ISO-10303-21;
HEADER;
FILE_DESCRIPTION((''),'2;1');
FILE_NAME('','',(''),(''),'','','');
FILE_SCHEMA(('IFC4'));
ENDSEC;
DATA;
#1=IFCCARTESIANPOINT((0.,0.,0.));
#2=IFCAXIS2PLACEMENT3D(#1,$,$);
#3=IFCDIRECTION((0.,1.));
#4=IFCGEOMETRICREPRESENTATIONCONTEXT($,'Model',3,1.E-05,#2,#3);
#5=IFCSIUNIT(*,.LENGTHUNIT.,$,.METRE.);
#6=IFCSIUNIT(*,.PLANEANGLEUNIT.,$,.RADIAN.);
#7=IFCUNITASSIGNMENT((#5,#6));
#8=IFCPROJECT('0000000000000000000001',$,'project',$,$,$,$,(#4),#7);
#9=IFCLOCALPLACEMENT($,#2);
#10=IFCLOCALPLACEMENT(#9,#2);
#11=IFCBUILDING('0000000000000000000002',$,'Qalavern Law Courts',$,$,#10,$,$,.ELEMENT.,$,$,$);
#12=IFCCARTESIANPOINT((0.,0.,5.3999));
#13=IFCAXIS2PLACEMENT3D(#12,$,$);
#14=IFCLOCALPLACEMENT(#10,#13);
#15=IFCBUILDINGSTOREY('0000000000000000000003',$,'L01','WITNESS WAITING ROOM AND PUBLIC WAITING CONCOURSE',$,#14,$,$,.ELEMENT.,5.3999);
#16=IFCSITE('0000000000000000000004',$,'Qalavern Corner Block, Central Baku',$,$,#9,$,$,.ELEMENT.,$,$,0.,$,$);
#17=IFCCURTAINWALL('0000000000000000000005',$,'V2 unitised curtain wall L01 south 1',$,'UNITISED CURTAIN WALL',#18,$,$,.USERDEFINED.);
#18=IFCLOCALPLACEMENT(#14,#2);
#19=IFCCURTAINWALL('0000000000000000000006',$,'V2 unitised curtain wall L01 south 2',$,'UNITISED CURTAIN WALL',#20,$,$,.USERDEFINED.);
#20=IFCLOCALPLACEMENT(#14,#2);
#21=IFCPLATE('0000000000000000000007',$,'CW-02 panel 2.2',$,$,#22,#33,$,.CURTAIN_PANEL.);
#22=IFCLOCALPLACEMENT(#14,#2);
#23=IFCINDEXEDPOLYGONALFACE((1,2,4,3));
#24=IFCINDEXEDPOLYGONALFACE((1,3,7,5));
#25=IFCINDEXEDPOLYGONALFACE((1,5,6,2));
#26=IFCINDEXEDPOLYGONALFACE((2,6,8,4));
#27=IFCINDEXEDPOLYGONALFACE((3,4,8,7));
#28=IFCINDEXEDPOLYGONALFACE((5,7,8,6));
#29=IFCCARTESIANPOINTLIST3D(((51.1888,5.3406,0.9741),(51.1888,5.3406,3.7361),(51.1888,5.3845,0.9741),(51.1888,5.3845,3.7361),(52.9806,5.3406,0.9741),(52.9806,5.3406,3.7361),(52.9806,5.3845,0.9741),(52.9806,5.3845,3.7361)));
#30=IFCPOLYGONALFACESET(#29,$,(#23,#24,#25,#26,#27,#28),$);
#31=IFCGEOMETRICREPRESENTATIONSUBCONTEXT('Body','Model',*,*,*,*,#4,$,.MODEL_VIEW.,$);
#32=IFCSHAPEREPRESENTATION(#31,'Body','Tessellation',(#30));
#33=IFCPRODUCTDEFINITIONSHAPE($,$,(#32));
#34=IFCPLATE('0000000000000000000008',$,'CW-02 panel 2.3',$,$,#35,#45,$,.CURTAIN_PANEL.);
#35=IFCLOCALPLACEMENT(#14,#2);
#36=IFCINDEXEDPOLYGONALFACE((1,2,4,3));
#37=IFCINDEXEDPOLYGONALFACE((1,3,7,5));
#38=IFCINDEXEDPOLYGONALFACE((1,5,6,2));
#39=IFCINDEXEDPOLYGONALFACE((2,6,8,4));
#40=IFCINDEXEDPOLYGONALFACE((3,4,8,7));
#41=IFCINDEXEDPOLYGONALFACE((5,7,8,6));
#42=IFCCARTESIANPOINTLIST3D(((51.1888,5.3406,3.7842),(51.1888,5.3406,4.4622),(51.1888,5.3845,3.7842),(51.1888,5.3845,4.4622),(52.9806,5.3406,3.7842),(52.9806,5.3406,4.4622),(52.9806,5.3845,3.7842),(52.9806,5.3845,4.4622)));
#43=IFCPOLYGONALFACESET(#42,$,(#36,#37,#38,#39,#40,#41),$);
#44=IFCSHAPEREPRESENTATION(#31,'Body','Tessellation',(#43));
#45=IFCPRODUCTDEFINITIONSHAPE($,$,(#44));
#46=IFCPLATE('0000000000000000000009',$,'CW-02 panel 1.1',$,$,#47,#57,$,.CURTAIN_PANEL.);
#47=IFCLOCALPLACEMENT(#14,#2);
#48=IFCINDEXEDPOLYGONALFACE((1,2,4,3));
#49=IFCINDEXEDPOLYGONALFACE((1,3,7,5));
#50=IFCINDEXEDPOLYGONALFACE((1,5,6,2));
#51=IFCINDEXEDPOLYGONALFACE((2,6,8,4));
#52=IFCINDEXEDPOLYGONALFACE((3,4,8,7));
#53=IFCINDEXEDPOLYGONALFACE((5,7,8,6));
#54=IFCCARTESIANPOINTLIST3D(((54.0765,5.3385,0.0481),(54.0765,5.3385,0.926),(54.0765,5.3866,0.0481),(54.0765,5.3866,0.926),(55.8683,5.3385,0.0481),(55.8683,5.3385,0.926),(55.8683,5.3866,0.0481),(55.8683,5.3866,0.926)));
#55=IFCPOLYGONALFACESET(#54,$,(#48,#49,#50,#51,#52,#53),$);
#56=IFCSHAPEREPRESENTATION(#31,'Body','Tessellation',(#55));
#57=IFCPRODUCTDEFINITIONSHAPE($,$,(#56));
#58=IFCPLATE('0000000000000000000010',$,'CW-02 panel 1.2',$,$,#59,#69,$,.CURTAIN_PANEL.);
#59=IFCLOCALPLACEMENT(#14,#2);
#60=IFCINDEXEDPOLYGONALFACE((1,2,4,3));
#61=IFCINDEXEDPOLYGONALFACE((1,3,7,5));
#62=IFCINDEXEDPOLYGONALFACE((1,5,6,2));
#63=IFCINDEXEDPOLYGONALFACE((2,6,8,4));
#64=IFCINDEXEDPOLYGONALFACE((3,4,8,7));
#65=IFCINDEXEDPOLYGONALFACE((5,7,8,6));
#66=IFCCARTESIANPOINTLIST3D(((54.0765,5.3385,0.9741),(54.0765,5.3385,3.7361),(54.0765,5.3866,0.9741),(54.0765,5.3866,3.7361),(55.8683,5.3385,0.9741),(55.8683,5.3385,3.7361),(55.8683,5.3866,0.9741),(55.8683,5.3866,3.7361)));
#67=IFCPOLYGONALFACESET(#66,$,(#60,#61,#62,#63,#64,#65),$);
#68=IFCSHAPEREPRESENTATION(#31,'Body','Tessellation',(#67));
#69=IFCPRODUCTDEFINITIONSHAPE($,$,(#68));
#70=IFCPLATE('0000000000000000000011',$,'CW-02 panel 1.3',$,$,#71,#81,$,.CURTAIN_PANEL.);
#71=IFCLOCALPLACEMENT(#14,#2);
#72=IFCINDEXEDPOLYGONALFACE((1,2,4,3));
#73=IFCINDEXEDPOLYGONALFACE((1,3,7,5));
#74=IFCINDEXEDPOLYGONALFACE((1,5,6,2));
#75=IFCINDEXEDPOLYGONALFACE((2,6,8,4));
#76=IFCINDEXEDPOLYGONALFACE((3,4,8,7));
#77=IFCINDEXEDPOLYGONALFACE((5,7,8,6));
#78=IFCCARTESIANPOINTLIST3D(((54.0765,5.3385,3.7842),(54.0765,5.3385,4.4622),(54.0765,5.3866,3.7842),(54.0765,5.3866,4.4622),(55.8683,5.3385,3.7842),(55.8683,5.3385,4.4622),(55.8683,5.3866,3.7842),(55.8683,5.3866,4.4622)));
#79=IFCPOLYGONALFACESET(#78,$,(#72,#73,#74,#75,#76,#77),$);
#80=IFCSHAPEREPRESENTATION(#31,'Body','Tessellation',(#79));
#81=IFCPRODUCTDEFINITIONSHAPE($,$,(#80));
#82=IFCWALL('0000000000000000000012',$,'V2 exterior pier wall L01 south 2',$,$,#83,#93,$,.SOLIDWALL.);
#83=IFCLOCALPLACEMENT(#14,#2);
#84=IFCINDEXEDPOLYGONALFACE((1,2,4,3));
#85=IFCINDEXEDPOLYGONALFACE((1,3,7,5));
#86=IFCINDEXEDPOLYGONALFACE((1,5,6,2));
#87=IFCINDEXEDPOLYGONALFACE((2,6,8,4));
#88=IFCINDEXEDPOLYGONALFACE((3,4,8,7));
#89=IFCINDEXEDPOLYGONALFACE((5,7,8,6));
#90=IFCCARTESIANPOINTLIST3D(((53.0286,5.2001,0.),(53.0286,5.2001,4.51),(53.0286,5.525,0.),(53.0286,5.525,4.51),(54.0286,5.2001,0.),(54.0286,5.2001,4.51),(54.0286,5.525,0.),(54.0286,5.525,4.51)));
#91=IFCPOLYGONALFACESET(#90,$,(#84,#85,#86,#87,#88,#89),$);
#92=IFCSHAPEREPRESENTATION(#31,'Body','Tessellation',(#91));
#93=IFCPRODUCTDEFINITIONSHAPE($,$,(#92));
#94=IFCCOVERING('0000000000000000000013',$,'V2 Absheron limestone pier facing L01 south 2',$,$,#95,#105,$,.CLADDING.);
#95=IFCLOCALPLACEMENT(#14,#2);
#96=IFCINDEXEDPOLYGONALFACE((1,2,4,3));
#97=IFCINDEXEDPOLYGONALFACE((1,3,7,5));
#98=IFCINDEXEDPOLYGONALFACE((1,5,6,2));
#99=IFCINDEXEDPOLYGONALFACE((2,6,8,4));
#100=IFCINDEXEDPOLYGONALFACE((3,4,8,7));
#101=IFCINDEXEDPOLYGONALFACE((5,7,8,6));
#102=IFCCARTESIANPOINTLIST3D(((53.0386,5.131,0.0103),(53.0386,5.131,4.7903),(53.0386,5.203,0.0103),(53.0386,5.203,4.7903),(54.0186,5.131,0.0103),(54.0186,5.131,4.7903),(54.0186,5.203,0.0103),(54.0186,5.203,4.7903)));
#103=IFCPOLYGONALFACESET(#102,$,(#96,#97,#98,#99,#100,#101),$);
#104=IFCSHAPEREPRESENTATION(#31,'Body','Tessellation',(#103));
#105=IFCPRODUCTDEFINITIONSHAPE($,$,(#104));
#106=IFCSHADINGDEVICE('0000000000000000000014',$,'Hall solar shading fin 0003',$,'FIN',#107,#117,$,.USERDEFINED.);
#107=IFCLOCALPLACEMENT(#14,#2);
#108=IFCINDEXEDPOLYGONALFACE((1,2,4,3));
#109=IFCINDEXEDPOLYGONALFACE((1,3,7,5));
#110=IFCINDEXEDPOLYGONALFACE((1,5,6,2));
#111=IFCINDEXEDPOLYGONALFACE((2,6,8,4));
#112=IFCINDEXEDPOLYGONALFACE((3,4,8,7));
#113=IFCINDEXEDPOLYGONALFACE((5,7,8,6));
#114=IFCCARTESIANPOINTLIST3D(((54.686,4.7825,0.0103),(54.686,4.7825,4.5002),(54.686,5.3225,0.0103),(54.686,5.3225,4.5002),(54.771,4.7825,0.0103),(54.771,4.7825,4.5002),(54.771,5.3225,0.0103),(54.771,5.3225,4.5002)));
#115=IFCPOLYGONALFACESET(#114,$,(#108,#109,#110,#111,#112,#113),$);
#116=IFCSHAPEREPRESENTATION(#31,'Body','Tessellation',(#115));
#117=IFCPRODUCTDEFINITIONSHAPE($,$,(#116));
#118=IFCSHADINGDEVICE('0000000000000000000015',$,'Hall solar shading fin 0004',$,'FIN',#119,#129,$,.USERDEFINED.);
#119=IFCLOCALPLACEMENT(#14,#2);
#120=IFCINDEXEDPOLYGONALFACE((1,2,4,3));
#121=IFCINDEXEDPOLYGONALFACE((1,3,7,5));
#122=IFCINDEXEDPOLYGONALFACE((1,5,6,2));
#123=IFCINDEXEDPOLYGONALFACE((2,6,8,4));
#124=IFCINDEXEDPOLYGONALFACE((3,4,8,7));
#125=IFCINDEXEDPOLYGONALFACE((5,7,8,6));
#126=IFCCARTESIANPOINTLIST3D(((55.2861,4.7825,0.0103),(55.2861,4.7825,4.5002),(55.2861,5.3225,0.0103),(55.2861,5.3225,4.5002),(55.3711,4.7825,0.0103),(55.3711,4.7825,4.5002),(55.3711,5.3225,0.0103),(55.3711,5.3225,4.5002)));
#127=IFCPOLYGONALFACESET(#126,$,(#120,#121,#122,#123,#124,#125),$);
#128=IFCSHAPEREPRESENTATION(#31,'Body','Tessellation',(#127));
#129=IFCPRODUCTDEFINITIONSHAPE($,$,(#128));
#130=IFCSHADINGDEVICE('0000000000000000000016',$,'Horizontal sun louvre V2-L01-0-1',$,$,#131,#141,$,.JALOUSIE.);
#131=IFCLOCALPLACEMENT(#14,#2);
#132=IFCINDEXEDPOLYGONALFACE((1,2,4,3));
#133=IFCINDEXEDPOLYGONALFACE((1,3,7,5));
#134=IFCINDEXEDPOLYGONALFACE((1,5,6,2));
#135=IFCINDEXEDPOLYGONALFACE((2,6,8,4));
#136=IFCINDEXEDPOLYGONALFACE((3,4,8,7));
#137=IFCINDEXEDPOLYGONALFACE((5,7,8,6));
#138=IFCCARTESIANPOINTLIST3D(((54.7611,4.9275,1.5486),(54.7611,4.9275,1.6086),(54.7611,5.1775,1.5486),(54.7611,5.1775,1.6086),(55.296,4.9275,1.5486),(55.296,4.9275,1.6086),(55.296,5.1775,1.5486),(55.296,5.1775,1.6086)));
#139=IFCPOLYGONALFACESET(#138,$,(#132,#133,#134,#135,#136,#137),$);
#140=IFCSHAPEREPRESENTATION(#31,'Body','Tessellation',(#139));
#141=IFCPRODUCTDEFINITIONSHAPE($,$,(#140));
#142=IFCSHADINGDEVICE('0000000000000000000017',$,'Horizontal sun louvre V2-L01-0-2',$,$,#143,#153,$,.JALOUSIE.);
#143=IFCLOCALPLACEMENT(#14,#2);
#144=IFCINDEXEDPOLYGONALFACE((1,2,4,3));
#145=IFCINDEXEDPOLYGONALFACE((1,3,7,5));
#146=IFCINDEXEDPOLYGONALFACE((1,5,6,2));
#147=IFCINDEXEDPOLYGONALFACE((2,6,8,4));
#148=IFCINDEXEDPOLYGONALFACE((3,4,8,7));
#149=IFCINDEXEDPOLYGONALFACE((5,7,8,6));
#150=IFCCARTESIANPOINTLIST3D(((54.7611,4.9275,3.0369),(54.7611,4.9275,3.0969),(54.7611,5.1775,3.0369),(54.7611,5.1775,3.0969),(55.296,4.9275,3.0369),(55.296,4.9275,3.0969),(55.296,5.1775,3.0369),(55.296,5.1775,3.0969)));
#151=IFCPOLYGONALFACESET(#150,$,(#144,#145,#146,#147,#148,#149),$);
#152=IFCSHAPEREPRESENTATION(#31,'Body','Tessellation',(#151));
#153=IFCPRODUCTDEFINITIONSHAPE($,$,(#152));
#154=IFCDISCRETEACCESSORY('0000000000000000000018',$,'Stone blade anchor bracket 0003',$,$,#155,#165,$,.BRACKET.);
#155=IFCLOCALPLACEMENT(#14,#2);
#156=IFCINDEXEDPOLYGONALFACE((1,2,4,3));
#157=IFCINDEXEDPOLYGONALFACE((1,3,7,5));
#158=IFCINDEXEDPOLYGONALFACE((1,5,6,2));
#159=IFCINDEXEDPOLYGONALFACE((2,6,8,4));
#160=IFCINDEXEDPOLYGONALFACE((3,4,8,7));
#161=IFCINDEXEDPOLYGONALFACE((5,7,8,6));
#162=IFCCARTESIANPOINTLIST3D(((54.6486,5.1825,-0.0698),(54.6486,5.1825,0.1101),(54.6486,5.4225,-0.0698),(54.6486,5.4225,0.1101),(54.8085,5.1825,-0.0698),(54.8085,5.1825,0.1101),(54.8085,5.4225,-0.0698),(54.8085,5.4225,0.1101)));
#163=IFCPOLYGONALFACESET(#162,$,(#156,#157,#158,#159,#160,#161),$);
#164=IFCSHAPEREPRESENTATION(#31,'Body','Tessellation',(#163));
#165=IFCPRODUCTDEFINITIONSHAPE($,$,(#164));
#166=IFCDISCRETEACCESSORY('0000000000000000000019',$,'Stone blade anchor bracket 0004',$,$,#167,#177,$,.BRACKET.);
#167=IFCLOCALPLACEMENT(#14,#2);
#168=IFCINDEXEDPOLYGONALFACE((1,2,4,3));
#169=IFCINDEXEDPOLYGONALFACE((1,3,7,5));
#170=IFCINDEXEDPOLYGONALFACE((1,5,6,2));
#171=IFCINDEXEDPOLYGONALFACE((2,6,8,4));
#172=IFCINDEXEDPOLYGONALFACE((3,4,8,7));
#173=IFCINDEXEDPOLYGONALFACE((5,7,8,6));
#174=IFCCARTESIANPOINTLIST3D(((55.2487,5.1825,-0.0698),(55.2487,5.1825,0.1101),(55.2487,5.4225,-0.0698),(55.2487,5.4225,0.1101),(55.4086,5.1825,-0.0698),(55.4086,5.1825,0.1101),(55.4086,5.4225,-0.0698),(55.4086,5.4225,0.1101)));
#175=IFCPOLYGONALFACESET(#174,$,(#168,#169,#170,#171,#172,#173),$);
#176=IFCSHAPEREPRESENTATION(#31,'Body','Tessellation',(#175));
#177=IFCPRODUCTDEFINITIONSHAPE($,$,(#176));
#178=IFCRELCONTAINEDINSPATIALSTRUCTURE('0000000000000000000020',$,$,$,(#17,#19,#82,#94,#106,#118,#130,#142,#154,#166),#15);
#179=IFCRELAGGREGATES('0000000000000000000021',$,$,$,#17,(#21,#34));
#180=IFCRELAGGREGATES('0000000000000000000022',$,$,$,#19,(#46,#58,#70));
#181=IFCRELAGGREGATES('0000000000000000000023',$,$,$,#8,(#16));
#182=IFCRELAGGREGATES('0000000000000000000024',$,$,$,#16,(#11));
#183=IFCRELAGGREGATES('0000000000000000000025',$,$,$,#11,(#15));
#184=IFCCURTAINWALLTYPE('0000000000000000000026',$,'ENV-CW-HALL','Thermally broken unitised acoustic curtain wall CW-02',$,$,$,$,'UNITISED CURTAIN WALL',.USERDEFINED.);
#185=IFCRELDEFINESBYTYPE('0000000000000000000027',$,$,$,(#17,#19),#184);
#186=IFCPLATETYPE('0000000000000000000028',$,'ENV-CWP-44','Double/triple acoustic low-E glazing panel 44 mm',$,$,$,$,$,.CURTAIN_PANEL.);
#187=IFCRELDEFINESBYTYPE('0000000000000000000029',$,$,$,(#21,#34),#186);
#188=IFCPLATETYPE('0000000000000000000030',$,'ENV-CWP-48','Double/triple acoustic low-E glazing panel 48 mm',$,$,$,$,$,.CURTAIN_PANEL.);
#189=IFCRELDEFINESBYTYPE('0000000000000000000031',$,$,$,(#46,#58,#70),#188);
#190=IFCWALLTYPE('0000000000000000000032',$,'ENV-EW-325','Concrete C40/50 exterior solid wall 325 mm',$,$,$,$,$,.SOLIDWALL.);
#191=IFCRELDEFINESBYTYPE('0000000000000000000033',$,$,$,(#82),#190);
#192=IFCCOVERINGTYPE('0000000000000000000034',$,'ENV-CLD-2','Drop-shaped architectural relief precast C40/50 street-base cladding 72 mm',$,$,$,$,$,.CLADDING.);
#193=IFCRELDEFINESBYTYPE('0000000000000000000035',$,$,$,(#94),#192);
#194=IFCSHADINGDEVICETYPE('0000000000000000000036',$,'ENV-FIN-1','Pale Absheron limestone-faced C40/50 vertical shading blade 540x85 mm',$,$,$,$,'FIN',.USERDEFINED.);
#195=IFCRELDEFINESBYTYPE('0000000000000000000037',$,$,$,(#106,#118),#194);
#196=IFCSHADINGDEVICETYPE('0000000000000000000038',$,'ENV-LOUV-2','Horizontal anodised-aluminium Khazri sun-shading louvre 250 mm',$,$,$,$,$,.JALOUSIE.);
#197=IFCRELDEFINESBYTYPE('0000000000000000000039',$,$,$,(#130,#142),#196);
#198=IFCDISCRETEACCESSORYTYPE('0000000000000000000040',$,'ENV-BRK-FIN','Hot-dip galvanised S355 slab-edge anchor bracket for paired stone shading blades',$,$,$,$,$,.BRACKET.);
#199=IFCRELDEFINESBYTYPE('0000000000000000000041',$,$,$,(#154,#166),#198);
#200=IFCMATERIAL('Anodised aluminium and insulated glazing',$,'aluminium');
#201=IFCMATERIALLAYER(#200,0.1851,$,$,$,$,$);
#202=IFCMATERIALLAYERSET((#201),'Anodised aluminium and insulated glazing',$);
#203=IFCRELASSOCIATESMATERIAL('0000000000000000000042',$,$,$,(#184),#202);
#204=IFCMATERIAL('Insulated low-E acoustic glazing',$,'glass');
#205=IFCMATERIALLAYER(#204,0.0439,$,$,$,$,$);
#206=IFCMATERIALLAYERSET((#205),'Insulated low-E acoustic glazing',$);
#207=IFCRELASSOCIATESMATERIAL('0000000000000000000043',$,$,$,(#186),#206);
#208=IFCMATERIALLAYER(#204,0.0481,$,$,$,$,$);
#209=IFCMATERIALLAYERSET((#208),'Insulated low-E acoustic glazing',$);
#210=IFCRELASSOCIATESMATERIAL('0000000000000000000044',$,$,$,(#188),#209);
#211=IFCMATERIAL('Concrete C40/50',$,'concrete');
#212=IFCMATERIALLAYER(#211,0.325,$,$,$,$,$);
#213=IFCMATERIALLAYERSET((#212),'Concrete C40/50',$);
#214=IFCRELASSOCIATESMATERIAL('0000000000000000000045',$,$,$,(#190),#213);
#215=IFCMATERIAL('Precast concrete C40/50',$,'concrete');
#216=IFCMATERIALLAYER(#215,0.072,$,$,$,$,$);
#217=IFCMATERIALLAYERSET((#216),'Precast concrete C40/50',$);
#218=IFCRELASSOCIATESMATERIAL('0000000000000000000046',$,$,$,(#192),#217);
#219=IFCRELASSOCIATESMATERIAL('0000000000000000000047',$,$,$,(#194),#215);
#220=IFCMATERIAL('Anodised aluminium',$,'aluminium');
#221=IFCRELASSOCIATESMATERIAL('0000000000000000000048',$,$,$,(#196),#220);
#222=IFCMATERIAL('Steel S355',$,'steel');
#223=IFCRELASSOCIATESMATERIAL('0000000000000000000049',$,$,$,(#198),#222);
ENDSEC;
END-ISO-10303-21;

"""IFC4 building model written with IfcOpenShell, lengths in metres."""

from ifc_helpers import new_model, si_unit, direction, frame, frame_2d, origin, origin_2d, place, context, subcontext, project, spatial, rectangle, extrude, material, layer, layer_set, type_object, element, aggregate, save


model = new_model("IFC4")

# Units and contexts
model_context = context("Model", 3, precision=1e-05, world=origin(), true_north=direction((0.0, 1.0)))
body_context = subcontext(model_context, "Body", "Model", "MODEL_VIEW")
ifc_project = project(units=[si_unit("LENGTHUNIT", "METRE"), si_unit("PLANEANGLEUNIT", "RADIAN")], contexts=[model_context])

# Site, building, storey
site_placement = place(None, origin())
site = spatial("IfcSite", under=ifc_project, at=site_placement, Name="Qalavern Corner Block, Central Baku", CompositionType="ELEMENT", RefElevation=0.0)
building_placement = place(site_placement, origin())
building = spatial("IfcBuilding", under=site, at=building_placement, Name="Qalavern Law Courts", CompositionType="ELEMENT")
storey_placement = place(building_placement, frame((0.0, 0.0, 5.3999)))
storey = spatial("IfcBuildingStorey", under=building, at=storey_placement, Name="L01", Description="WITNESS WAITING ROOM AND PUBLIC WAITING CONCOURSE", CompositionType="ELEMENT", Elevation=5.3999)

# Curtain wall
ifc_material_1 = material(Name="Anodised aluminium and insulated glazing", Category="aluminium")
ifc_layer_1 = layer(ifc_material_1, 0.1851)
ifc_layer_set_1 = layer_set([ifc_layer_1], Name="Anodised aluminium and insulated glazing")
curtain_wall_type = type_object("IfcCurtainWallType", Name="ENV-CW-HALL", Description="Thermally broken unitised acoustic curtain wall CW-02", ElementType="UNITISED CURTAIN WALL", PredefinedType="USERDEFINED", material=ifc_layer_set_1)
curtain_wall_1_placement = place(storey_placement, origin())
curtain_wall_1 = element("IfcCurtainWall", 1, at=curtain_wall_1_placement, inside=storey, type_object=curtain_wall_type, Name="V2 unitised curtain wall L01 south 1", ObjectType="UNITISED CURTAIN WALL", PredefinedType="USERDEFINED")
ifc_material_2 = material(Name="Anodised aluminium", Category="aluminium")

# Curtain wall
curtain_wall_2_placement = place(storey_placement, origin())
curtain_wall_2 = element("IfcCurtainWall", 2, at=curtain_wall_2_placement, inside=storey, type_object=curtain_wall_type, Name="V2 unitised curtain wall L01 south 2", ObjectType="UNITISED CURTAIN WALL", PredefinedType="USERDEFINED")

# Shared definitions
ifc_material_3 = material(Name="Steel S355", Category="steel")
ifc_material_4 = material(Name="Concrete C40/50", Category="concrete")

# Plates
ifc_material_5 = material(Name="Insulated low-E acoustic glazing", Category="glass")
ifc_layer_2 = layer(ifc_material_5, 0.0439)
ifc_layer_set_2 = layer_set([ifc_layer_2], Name="Insulated low-E acoustic glazing")
plate_type_1 = type_object("IfcPlateType", Name="ENV-CWP-44", Description="Double/triple acoustic low-E glazing panel 44 mm", PredefinedType="CURTAIN_PANEL", material=ifc_layer_set_2)
plate_1_placement = place(storey_placement, frame((52.0847, 5.3625, 0.9741), z_axis=(0.0, 0.0, 1.0), x_axis=(1.0, 0.0, 0.0)))
plate_1 = element("IfcPlate", 3, at=plate_1_placement, type_object=plate_type_1, Name="CW-02 panel 2.2", PredefinedType="CURTAIN_PANEL", context=body_context, shape_type="SweptSolid", body=[
    extrude(rectangle(XDim=1.7917, YDim=0.0439, at=origin_2d()), origin(), (0.0, 0.0, 1.0), 2.762),
])
plate_2_placement = place(storey_placement, frame((52.0847, 5.3625, 3.7842), z_axis=(0.0, 0.0, 1.0), x_axis=(1.0, 0.0, 0.0)))
plate_2 = element("IfcPlate", 4, at=plate_2_placement, type_object=plate_type_1, Name="CW-02 panel 2.3", PredefinedType="CURTAIN_PANEL", context=body_context, shape_type="SweptSolid", body=[
    extrude(rectangle(XDim=1.7917, YDim=0.0439, at=origin_2d()), origin(), (0.0, 0.0, 1.0), 0.678),
])
aggregate(curtain_wall_1, [plate_1, plate_2])
ifc_layer_3 = layer(ifc_material_5, 0.0481)
ifc_layer_set_3 = layer_set([ifc_layer_3], Name="Insulated low-E acoustic glazing")
plate_type_2 = type_object("IfcPlateType", Name="ENV-CWP-48", Description="Double/triple acoustic low-E glazing panel 48 mm", PredefinedType="CURTAIN_PANEL", material=ifc_layer_set_3)
plate_3_placement = place(storey_placement, frame((54.9724, 5.3625, 0.0481), z_axis=(0.0, 0.0, 1.0), x_axis=(1.0, 0.0, 0.0)))
plate_3 = element("IfcPlate", 5, at=plate_3_placement, type_object=plate_type_2, Name="CW-02 panel 1.1", PredefinedType="CURTAIN_PANEL", context=body_context, shape_type="SweptSolid", body=[
    extrude(rectangle(XDim=1.7917, YDim=0.0481, at=origin_2d()), origin(), (0.0, 0.0, 1.0), 0.8779),
])
plate_4_placement = place(storey_placement, frame((54.9724, 5.3625, 0.9741), z_axis=(0.0, 0.0, 1.0), x_axis=(1.0, 0.0, 0.0)))
plate_4 = element("IfcPlate", 6, at=plate_4_placement, type_object=plate_type_2, Name="CW-02 panel 1.2", PredefinedType="CURTAIN_PANEL", context=body_context, shape_type="SweptSolid", body=[
    extrude(rectangle(XDim=1.7917, YDim=0.0481, at=origin_2d()), origin(), (0.0, 0.0, 1.0), 2.762),
])
plate_5_placement = place(storey_placement, frame((54.9724, 5.3625, 3.7842), z_axis=(0.0, 0.0, 1.0), x_axis=(1.0, 0.0, 0.0)))
plate_5 = element("IfcPlate", 7, at=plate_5_placement, type_object=plate_type_2, Name="CW-02 panel 1.3", PredefinedType="CURTAIN_PANEL", context=body_context, shape_type="SweptSolid", body=[
    extrude(rectangle(XDim=1.7917, YDim=0.0481, at=origin_2d()), origin(), (0.0, 0.0, 1.0), 0.678),
])
aggregate(curtain_wall_2, [plate_3, plate_4, plate_5])

# Wall
ifc_layer_4 = layer(ifc_material_4, 0.325)
ifc_layer_set_4 = layer_set([ifc_layer_4], Name="Concrete C40/50")
wall_type = type_object("IfcWallType", Name="ENV-EW-325", Description="Concrete C40/50 exterior solid wall 325 mm", PredefinedType="SOLIDWALL", material=ifc_layer_set_4)
wall_placement = place(storey_placement, frame((53.0286, 5.3625, 0.0), z_axis=(0.0, 0.0, 1.0), x_axis=(1.0, 0.0, 0.0)))
element("IfcWall", 8, at=wall_placement, inside=storey, type_object=wall_type, Name="V2 exterior pier wall L01 south 2", PredefinedType="SOLIDWALL", context=body_context, shape_type="SweptSolid", body=[
    extrude(rectangle(XDim=1.0, YDim=0.325, at=frame_2d((0.5, 0.0))), origin(), (0.0, 0.0, 1.0), 4.51),
])

# Covering
ifc_material_6 = material(Name="Precast concrete C40/50", Category="concrete")
ifc_layer_5 = layer(ifc_material_6, 0.072)
ifc_layer_set_5 = layer_set([ifc_layer_5], Name="Precast concrete C40/50")
covering_type = type_object("IfcCoveringType", Name="ENV-CLD-2", Description="Drop-shaped architectural relief precast C40/50 street-base cladding 72 mm", PredefinedType="CLADDING", material=ifc_layer_set_5)
covering_placement = place(storey_placement, frame((53.5286, 5.167, 0.0103), z_axis=(0.0, 0.0, 1.0), x_axis=(1.0, 0.0, 0.0)))
element("IfcCovering", 9, at=covering_placement, inside=storey, type_object=covering_type, Name="V2 Absheron limestone pier facing L01 south 2", PredefinedType="CLADDING", context=body_context, shape_type="SweptSolid", body=[
    extrude(rectangle(XDim=0.98, YDim=0.072, at=origin_2d()), origin(), (0.0, 0.0, 1.0), 4.78),
])

# Shading devices
shading_device_type_1 = type_object("IfcShadingDeviceType", Name="ENV-FIN-1", Description="Pale Absheron limestone-faced C40/50 vertical shading blade 540x85 mm", ElementType="FIN", PredefinedType="USERDEFINED", material=ifc_material_6)
for number, where, z_axis, x_axis, name in (
    (10, (54.7285, 5.0525, 0.0103), (0.0, 0.0, 1.0), (0.0, -1.0, 0.0), "Hall solar shading fin 0003"),
    (11, (55.3286, 5.0525, 0.0103), (0.0, 0.0, 1.0), (0.0, -1.0, 0.0), "Hall solar shading fin 0004"),
):
    element("IfcShadingDevice", number, at=place(storey_placement, frame(where, z_axis=z_axis, x_axis=x_axis)), inside=storey, type_object=shading_device_type_1, Name=name, ObjectType="FIN", PredefinedType="USERDEFINED", context=body_context, shape_type="SweptSolid", body=[
        extrude(rectangle(XDim=0.54, YDim=0.085, at=origin_2d()), origin(), (0.0, 0.0, 1.0), 4.49),
    ])
shading_device_type_2 = type_object("IfcShadingDeviceType", Name="ENV-LOUV-2", Description="Horizontal anodised-aluminium Khazri sun-shading louvre 250 mm", PredefinedType="JALOUSIE", material=ifc_material_2)
for number, where, z_axis, x_axis, name in (
    (12, (55.0286, 5.0525, 1.5486), (0.0, 0.0, 1.0), (1.0, 0.0, 0.0), "Horizontal sun louvre V2-L01-0-1"),
    (13, (55.0286, 5.0525, 3.0369), (0.0, 0.0, 1.0), (1.0, 0.0, 0.0), "Horizontal sun louvre V2-L01-0-2"),
):
    element("IfcShadingDevice", number, at=place(storey_placement, frame(where, z_axis=z_axis, x_axis=x_axis)), inside=storey, type_object=shading_device_type_2, Name=name, PredefinedType="JALOUSIE", context=body_context, shape_type="SweptSolid", body=[
        extrude(rectangle(XDim=0.5349, YDim=0.25, at=origin_2d()), origin(), (0.0, 0.0, 1.0), 0.0601),
    ])

# Discrete accessories
discrete_accessory_type = type_object("IfcDiscreteAccessoryType", Name="ENV-BRK-FIN", Description="Hot-dip galvanised S355 slab-edge anchor bracket for paired stone shading blades", PredefinedType="BRACKET", material=ifc_material_3)
for number, where, z_axis, x_axis, name in (
    (14, (54.7285, 5.3025, -0.0698), (0.0, 0.0, 1.0), (0.0, -1.0, 0.0), "Stone blade anchor bracket 0003"),
    (15, (55.3286, 5.3025, -0.0698), (0.0, 0.0, 1.0), (0.0, -1.0, 0.0), "Stone blade anchor bracket 0004"),
):
    element("IfcDiscreteAccessory", number, at=place(storey_placement, frame(where, z_axis=z_axis, x_axis=x_axis)), inside=storey, type_object=discrete_accessory_type, Name=name, PredefinedType="BRACKET", context=body_context, shape_type="SweptSolid", body=[
        extrude(rectangle(XDim=0.24, YDim=0.1599, at=origin_2d()), origin(), (0.0, 0.0, 1.0), 0.1799),
    ])

save(model, "model.ifc")
